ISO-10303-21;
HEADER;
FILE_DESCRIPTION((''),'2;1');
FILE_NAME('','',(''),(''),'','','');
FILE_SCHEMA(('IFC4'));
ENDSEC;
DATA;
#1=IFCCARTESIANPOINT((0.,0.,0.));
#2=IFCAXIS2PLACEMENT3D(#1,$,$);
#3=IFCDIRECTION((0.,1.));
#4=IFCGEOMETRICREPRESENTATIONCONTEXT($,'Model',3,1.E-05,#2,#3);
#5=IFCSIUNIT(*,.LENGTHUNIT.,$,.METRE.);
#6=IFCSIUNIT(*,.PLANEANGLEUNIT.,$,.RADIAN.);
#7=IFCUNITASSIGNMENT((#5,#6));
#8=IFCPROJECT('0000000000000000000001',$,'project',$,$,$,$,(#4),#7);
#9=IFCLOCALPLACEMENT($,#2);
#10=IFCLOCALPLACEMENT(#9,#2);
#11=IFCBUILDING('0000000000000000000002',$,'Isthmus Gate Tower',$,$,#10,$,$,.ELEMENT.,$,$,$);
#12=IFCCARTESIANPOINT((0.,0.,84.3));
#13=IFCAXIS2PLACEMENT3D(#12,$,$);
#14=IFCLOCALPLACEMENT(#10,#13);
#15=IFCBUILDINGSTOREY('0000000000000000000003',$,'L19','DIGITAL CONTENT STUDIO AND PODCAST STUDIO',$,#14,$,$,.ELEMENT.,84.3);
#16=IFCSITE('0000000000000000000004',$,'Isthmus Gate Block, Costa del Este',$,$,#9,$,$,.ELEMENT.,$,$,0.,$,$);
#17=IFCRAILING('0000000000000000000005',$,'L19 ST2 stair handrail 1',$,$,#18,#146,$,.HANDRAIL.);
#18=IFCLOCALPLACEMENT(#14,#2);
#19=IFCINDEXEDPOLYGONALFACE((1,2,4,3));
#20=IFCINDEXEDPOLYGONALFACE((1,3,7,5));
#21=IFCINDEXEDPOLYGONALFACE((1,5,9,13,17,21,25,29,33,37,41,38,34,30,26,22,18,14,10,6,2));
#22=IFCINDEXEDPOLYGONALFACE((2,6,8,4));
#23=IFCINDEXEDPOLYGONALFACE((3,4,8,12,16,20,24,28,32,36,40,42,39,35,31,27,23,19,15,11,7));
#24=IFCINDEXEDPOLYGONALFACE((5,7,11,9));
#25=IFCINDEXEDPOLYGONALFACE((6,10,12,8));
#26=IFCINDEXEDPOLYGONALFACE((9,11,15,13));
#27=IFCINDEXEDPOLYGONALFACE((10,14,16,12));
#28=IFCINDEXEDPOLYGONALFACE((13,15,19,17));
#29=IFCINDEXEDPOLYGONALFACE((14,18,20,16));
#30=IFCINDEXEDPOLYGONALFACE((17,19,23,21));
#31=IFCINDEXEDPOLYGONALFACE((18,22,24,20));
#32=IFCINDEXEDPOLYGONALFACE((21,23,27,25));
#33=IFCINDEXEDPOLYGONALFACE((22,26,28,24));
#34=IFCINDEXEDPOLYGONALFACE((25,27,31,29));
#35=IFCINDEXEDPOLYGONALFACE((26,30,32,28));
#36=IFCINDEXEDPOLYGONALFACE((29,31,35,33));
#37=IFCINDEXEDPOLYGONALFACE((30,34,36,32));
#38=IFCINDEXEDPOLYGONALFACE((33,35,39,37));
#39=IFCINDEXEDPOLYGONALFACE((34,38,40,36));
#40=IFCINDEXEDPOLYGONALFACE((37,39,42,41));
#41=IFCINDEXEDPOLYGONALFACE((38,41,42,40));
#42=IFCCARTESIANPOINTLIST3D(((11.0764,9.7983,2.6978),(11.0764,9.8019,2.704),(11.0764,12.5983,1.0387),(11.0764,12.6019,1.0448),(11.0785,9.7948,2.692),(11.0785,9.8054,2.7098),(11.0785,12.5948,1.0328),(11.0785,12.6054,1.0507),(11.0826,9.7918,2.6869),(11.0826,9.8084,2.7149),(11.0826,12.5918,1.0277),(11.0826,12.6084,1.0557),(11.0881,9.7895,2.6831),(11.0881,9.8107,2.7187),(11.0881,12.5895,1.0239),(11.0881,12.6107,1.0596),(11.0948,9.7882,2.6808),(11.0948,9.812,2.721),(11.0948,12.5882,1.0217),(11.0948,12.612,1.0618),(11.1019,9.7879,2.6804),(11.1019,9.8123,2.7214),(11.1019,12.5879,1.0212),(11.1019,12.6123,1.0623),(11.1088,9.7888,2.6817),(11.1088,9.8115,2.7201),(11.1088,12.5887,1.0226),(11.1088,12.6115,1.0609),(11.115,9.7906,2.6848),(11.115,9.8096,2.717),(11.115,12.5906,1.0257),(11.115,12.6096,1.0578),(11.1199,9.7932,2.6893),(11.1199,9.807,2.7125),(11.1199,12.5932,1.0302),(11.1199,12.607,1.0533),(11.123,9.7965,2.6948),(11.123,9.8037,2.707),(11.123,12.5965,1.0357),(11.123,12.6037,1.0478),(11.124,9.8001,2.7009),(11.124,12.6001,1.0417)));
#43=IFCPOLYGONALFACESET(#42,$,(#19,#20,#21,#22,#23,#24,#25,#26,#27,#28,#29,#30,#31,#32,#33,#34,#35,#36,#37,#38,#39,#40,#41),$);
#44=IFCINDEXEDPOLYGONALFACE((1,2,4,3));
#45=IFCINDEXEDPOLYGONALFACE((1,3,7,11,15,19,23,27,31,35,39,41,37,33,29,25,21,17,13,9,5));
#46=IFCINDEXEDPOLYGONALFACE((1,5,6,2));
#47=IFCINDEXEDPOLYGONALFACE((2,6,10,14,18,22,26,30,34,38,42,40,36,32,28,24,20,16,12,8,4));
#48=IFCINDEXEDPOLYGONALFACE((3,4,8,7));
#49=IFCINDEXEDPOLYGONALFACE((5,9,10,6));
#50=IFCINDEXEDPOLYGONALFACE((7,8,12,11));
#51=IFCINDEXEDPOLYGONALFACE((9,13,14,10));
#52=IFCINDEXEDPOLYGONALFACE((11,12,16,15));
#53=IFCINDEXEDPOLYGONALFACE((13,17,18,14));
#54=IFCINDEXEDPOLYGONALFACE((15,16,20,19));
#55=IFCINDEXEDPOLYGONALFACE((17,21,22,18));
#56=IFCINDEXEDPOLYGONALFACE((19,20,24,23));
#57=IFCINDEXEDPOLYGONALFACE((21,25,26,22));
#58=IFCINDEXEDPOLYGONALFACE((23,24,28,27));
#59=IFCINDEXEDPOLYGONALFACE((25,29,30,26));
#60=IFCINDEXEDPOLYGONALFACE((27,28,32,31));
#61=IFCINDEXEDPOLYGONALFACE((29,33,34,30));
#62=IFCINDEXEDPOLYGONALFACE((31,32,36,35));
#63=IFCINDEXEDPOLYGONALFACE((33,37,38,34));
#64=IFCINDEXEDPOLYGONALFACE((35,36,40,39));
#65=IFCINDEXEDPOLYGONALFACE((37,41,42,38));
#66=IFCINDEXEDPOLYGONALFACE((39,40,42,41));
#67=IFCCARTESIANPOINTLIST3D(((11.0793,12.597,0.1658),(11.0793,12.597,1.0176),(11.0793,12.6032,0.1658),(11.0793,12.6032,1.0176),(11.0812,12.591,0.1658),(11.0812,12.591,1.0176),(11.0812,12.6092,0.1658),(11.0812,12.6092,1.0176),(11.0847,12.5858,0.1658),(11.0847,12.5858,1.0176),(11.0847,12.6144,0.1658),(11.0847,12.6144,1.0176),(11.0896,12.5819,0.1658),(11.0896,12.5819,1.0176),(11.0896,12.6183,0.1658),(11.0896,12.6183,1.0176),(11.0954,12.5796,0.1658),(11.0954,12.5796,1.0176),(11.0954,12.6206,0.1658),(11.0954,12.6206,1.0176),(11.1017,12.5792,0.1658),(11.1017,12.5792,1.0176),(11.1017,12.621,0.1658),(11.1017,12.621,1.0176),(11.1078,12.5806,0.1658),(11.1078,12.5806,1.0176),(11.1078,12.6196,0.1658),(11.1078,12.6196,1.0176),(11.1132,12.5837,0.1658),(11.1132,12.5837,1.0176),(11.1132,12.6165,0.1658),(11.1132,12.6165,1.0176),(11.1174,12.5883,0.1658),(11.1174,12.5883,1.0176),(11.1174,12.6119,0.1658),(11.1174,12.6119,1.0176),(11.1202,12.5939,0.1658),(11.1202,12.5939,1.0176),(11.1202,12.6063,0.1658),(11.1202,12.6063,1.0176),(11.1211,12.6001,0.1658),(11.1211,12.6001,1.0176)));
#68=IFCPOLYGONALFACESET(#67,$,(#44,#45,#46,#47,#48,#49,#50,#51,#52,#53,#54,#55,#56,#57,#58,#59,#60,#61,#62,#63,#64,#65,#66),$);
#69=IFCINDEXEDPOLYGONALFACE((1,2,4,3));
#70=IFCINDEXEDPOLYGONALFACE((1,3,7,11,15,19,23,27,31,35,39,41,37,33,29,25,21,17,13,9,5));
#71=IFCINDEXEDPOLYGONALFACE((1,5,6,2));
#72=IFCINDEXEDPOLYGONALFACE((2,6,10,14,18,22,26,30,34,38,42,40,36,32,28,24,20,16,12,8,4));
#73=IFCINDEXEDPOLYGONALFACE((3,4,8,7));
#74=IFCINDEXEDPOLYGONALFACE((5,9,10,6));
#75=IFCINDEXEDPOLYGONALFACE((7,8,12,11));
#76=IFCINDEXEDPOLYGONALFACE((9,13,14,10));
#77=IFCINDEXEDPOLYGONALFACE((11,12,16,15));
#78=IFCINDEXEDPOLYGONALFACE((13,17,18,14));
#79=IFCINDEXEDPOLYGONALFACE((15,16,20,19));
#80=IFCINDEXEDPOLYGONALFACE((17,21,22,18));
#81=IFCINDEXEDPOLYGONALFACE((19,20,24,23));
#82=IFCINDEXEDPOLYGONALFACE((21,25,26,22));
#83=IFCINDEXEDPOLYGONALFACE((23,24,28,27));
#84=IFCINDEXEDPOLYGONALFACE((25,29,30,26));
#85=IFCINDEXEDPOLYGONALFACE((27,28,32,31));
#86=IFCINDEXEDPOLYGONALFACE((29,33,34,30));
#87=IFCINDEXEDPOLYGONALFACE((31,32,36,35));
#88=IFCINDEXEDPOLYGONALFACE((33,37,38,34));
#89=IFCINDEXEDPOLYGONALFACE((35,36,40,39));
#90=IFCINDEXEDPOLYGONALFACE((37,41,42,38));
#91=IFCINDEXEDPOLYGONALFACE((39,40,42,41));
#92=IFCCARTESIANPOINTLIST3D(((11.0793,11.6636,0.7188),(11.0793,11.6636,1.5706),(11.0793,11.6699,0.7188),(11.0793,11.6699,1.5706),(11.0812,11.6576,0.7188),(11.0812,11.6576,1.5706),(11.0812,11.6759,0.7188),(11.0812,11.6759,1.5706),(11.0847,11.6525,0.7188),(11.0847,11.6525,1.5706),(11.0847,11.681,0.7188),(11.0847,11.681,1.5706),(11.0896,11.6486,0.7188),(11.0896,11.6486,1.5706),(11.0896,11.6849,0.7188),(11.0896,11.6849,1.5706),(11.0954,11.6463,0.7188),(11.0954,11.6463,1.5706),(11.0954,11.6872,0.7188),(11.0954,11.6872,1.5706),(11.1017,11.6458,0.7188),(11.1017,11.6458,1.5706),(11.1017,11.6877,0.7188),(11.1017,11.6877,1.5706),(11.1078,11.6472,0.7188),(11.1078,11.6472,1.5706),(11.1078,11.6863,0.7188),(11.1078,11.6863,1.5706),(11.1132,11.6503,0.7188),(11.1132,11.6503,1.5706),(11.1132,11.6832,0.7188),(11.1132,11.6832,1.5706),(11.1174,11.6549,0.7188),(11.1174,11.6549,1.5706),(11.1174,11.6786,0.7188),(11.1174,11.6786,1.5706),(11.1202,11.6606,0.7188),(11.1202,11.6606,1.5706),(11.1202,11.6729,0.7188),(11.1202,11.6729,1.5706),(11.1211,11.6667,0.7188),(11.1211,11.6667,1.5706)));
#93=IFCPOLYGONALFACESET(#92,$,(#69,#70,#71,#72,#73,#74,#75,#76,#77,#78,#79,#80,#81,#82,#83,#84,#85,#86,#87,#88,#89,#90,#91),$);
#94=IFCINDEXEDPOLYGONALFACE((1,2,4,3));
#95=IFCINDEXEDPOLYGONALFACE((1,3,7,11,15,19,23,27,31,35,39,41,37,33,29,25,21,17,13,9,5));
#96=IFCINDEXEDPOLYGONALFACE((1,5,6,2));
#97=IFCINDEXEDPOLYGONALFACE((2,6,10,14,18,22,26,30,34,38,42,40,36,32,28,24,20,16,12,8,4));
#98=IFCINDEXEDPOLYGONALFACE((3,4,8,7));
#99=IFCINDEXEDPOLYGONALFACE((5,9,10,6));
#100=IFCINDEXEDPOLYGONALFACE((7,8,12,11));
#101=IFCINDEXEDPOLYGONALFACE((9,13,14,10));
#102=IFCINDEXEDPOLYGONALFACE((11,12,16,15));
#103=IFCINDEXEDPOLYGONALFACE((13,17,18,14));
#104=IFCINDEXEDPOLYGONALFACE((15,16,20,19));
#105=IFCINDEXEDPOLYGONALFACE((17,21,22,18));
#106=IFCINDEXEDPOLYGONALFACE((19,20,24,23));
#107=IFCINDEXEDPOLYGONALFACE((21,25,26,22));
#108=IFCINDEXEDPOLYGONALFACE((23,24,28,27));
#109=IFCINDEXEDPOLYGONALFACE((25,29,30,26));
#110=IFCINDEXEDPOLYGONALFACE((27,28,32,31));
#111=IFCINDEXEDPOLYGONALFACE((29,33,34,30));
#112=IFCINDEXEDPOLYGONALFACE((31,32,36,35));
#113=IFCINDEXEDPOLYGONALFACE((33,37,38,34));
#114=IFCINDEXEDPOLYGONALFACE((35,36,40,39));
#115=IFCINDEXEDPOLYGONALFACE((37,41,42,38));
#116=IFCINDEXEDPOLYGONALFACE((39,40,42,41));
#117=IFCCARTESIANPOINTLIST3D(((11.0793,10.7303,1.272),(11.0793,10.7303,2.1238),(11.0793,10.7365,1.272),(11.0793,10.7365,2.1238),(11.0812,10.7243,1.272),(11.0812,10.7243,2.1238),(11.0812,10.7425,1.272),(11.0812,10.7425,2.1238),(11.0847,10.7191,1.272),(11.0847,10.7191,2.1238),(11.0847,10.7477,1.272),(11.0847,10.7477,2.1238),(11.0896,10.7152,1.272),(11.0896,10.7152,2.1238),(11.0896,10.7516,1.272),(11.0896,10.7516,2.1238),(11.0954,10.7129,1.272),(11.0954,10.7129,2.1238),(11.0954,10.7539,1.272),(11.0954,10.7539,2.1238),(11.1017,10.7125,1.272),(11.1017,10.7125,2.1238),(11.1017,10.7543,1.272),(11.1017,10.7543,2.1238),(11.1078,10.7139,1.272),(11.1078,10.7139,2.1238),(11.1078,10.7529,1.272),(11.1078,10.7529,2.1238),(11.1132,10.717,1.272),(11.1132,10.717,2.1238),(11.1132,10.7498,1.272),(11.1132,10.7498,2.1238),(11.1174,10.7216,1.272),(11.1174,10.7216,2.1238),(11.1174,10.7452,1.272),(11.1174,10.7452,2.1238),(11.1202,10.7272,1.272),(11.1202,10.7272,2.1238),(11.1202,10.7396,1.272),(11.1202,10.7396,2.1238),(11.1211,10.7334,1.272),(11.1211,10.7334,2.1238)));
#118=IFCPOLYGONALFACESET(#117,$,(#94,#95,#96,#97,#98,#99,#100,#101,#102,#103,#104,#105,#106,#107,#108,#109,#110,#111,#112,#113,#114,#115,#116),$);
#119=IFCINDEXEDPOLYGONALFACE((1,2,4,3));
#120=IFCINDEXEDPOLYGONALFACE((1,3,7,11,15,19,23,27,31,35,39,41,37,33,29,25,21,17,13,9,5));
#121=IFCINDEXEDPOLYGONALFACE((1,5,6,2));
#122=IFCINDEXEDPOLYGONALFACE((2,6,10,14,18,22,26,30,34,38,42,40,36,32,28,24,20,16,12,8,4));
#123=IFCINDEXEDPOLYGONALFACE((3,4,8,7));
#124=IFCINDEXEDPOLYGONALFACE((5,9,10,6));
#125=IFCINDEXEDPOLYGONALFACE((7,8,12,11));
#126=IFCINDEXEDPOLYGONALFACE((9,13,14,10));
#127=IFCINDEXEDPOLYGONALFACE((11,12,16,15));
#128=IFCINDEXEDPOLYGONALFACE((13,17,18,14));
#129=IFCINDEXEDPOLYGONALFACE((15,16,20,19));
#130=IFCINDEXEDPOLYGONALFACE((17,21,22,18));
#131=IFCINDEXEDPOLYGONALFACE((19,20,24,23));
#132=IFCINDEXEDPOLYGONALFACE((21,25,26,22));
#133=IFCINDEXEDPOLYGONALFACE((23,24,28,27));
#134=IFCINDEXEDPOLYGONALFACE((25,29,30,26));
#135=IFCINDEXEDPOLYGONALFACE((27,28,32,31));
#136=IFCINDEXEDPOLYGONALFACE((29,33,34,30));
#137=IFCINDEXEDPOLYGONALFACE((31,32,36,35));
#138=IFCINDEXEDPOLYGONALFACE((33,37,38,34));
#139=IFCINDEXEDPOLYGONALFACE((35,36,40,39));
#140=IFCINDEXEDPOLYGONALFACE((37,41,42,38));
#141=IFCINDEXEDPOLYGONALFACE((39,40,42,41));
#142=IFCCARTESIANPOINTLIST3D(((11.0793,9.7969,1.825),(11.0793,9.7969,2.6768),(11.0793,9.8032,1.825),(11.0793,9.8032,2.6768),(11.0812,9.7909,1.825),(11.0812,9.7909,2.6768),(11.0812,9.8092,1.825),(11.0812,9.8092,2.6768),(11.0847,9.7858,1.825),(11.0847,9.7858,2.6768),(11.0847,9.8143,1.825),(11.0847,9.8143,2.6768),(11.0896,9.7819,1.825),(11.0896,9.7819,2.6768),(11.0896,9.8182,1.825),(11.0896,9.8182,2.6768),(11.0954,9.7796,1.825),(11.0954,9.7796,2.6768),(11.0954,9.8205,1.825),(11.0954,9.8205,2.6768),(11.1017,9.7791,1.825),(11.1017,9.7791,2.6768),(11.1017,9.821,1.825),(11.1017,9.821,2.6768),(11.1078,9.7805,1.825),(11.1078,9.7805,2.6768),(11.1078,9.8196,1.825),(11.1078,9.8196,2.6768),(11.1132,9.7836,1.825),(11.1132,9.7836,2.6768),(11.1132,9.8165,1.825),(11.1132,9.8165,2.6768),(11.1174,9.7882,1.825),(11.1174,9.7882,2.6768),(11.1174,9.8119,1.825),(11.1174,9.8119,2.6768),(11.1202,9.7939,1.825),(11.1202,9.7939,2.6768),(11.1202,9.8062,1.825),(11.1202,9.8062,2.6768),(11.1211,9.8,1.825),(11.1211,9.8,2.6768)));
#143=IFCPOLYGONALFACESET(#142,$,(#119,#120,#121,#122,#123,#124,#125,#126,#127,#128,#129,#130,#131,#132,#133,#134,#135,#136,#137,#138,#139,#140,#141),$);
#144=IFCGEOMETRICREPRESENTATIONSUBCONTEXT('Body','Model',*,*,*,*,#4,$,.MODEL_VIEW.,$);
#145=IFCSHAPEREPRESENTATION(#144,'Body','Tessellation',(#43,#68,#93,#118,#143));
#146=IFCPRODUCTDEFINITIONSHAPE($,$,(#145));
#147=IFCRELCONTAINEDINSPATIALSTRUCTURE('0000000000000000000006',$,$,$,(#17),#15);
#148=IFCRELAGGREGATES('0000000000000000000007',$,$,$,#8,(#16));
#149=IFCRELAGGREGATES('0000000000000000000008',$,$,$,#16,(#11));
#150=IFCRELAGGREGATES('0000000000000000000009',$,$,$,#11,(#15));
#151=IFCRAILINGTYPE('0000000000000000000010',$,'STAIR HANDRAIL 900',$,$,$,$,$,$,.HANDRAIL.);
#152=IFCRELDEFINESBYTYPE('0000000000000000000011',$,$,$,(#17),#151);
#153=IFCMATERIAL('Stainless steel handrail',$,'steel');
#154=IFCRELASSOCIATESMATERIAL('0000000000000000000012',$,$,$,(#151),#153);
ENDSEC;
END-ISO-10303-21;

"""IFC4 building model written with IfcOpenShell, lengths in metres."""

from ifc_helpers import new_model, si_unit, direction, frame, origin, origin_2d, place, context, subcontext, project, spatial, circle, extrude, material, type_object, element, save


model = new_model("IFC4")

# Units and contexts
model_context = context("Model", 3, precision=1e-05, world=origin(), true_north=direction((0.0, 1.0)))
body_context = subcontext(model_context, "Body", "Model", "MODEL_VIEW")
ifc_project = project(units=[si_unit("LENGTHUNIT", "METRE"), si_unit("PLANEANGLEUNIT", "RADIAN")], contexts=[model_context])

# Site, building, storey
site_placement = place(None, origin())
site = spatial("IfcSite", under=ifc_project, at=site_placement, Name="Isthmus Gate Block, Costa del Este", CompositionType="ELEMENT", RefElevation=0.0)
building_placement = place(site_placement, origin())
building = spatial("IfcBuilding", under=site, at=building_placement, Name="Isthmus Gate Tower", CompositionType="ELEMENT")
storey_placement = place(building_placement, frame((0.0, 0.0, 84.3)))
storey = spatial("IfcBuildingStorey", under=building, at=storey_placement, Name="L19", Description="DIGITAL CONTENT STUDIO AND PODCAST STUDIO", CompositionType="ELEMENT", Elevation=84.3)

# Railing
ifc_material_1 = material(Name="Stainless steel handrail", Category="steel")
railing_type_1 = type_object("IfcRailingType", Name="STAIR HANDRAIL 900", PredefinedType="HANDRAIL", material=ifc_material_1)
railing_1_placement = place(storey_placement, frame((11.1001, 12.6001, 0.1658)))
element("IfcRailing", 1, at=railing_1_placement, inside=storey, type_object=railing_type_1, Name="L19 ST2 stair handrail 1", PredefinedType="HANDRAIL", context=body_context, shape_type="SweptSolid", body=[
    extrude(circle(Radius=0.0239, at=origin_2d()), frame((0.0, 0.0, 0.876), z_axis=(0.0, -0.860306, 0.509778), x_axis=(1.0, 0.0, 0.0)), (0.0, 0.0, 1.0), 3.2546),
    extrude(circle(Radius=0.021, at=origin_2d()), origin(), (0.0, 0.0, 1.0), 0.8518),
    extrude(circle(Radius=0.021, at=origin_2d()), frame((0.0, -0.9333, 0.553)), (0.0, 0.0, 1.0), 0.8518),
    extrude(circle(Radius=0.021, at=origin_2d()), frame((0.0, -1.8667, 1.1062)), (0.0, 0.0, 1.0), 0.8518),
    extrude(circle(Radius=0.021, at=origin_2d()), frame((0.0, -2.8, 1.6592)), (0.0, 0.0, 1.0), 0.8518),
])

save(model, "model.ifc")
